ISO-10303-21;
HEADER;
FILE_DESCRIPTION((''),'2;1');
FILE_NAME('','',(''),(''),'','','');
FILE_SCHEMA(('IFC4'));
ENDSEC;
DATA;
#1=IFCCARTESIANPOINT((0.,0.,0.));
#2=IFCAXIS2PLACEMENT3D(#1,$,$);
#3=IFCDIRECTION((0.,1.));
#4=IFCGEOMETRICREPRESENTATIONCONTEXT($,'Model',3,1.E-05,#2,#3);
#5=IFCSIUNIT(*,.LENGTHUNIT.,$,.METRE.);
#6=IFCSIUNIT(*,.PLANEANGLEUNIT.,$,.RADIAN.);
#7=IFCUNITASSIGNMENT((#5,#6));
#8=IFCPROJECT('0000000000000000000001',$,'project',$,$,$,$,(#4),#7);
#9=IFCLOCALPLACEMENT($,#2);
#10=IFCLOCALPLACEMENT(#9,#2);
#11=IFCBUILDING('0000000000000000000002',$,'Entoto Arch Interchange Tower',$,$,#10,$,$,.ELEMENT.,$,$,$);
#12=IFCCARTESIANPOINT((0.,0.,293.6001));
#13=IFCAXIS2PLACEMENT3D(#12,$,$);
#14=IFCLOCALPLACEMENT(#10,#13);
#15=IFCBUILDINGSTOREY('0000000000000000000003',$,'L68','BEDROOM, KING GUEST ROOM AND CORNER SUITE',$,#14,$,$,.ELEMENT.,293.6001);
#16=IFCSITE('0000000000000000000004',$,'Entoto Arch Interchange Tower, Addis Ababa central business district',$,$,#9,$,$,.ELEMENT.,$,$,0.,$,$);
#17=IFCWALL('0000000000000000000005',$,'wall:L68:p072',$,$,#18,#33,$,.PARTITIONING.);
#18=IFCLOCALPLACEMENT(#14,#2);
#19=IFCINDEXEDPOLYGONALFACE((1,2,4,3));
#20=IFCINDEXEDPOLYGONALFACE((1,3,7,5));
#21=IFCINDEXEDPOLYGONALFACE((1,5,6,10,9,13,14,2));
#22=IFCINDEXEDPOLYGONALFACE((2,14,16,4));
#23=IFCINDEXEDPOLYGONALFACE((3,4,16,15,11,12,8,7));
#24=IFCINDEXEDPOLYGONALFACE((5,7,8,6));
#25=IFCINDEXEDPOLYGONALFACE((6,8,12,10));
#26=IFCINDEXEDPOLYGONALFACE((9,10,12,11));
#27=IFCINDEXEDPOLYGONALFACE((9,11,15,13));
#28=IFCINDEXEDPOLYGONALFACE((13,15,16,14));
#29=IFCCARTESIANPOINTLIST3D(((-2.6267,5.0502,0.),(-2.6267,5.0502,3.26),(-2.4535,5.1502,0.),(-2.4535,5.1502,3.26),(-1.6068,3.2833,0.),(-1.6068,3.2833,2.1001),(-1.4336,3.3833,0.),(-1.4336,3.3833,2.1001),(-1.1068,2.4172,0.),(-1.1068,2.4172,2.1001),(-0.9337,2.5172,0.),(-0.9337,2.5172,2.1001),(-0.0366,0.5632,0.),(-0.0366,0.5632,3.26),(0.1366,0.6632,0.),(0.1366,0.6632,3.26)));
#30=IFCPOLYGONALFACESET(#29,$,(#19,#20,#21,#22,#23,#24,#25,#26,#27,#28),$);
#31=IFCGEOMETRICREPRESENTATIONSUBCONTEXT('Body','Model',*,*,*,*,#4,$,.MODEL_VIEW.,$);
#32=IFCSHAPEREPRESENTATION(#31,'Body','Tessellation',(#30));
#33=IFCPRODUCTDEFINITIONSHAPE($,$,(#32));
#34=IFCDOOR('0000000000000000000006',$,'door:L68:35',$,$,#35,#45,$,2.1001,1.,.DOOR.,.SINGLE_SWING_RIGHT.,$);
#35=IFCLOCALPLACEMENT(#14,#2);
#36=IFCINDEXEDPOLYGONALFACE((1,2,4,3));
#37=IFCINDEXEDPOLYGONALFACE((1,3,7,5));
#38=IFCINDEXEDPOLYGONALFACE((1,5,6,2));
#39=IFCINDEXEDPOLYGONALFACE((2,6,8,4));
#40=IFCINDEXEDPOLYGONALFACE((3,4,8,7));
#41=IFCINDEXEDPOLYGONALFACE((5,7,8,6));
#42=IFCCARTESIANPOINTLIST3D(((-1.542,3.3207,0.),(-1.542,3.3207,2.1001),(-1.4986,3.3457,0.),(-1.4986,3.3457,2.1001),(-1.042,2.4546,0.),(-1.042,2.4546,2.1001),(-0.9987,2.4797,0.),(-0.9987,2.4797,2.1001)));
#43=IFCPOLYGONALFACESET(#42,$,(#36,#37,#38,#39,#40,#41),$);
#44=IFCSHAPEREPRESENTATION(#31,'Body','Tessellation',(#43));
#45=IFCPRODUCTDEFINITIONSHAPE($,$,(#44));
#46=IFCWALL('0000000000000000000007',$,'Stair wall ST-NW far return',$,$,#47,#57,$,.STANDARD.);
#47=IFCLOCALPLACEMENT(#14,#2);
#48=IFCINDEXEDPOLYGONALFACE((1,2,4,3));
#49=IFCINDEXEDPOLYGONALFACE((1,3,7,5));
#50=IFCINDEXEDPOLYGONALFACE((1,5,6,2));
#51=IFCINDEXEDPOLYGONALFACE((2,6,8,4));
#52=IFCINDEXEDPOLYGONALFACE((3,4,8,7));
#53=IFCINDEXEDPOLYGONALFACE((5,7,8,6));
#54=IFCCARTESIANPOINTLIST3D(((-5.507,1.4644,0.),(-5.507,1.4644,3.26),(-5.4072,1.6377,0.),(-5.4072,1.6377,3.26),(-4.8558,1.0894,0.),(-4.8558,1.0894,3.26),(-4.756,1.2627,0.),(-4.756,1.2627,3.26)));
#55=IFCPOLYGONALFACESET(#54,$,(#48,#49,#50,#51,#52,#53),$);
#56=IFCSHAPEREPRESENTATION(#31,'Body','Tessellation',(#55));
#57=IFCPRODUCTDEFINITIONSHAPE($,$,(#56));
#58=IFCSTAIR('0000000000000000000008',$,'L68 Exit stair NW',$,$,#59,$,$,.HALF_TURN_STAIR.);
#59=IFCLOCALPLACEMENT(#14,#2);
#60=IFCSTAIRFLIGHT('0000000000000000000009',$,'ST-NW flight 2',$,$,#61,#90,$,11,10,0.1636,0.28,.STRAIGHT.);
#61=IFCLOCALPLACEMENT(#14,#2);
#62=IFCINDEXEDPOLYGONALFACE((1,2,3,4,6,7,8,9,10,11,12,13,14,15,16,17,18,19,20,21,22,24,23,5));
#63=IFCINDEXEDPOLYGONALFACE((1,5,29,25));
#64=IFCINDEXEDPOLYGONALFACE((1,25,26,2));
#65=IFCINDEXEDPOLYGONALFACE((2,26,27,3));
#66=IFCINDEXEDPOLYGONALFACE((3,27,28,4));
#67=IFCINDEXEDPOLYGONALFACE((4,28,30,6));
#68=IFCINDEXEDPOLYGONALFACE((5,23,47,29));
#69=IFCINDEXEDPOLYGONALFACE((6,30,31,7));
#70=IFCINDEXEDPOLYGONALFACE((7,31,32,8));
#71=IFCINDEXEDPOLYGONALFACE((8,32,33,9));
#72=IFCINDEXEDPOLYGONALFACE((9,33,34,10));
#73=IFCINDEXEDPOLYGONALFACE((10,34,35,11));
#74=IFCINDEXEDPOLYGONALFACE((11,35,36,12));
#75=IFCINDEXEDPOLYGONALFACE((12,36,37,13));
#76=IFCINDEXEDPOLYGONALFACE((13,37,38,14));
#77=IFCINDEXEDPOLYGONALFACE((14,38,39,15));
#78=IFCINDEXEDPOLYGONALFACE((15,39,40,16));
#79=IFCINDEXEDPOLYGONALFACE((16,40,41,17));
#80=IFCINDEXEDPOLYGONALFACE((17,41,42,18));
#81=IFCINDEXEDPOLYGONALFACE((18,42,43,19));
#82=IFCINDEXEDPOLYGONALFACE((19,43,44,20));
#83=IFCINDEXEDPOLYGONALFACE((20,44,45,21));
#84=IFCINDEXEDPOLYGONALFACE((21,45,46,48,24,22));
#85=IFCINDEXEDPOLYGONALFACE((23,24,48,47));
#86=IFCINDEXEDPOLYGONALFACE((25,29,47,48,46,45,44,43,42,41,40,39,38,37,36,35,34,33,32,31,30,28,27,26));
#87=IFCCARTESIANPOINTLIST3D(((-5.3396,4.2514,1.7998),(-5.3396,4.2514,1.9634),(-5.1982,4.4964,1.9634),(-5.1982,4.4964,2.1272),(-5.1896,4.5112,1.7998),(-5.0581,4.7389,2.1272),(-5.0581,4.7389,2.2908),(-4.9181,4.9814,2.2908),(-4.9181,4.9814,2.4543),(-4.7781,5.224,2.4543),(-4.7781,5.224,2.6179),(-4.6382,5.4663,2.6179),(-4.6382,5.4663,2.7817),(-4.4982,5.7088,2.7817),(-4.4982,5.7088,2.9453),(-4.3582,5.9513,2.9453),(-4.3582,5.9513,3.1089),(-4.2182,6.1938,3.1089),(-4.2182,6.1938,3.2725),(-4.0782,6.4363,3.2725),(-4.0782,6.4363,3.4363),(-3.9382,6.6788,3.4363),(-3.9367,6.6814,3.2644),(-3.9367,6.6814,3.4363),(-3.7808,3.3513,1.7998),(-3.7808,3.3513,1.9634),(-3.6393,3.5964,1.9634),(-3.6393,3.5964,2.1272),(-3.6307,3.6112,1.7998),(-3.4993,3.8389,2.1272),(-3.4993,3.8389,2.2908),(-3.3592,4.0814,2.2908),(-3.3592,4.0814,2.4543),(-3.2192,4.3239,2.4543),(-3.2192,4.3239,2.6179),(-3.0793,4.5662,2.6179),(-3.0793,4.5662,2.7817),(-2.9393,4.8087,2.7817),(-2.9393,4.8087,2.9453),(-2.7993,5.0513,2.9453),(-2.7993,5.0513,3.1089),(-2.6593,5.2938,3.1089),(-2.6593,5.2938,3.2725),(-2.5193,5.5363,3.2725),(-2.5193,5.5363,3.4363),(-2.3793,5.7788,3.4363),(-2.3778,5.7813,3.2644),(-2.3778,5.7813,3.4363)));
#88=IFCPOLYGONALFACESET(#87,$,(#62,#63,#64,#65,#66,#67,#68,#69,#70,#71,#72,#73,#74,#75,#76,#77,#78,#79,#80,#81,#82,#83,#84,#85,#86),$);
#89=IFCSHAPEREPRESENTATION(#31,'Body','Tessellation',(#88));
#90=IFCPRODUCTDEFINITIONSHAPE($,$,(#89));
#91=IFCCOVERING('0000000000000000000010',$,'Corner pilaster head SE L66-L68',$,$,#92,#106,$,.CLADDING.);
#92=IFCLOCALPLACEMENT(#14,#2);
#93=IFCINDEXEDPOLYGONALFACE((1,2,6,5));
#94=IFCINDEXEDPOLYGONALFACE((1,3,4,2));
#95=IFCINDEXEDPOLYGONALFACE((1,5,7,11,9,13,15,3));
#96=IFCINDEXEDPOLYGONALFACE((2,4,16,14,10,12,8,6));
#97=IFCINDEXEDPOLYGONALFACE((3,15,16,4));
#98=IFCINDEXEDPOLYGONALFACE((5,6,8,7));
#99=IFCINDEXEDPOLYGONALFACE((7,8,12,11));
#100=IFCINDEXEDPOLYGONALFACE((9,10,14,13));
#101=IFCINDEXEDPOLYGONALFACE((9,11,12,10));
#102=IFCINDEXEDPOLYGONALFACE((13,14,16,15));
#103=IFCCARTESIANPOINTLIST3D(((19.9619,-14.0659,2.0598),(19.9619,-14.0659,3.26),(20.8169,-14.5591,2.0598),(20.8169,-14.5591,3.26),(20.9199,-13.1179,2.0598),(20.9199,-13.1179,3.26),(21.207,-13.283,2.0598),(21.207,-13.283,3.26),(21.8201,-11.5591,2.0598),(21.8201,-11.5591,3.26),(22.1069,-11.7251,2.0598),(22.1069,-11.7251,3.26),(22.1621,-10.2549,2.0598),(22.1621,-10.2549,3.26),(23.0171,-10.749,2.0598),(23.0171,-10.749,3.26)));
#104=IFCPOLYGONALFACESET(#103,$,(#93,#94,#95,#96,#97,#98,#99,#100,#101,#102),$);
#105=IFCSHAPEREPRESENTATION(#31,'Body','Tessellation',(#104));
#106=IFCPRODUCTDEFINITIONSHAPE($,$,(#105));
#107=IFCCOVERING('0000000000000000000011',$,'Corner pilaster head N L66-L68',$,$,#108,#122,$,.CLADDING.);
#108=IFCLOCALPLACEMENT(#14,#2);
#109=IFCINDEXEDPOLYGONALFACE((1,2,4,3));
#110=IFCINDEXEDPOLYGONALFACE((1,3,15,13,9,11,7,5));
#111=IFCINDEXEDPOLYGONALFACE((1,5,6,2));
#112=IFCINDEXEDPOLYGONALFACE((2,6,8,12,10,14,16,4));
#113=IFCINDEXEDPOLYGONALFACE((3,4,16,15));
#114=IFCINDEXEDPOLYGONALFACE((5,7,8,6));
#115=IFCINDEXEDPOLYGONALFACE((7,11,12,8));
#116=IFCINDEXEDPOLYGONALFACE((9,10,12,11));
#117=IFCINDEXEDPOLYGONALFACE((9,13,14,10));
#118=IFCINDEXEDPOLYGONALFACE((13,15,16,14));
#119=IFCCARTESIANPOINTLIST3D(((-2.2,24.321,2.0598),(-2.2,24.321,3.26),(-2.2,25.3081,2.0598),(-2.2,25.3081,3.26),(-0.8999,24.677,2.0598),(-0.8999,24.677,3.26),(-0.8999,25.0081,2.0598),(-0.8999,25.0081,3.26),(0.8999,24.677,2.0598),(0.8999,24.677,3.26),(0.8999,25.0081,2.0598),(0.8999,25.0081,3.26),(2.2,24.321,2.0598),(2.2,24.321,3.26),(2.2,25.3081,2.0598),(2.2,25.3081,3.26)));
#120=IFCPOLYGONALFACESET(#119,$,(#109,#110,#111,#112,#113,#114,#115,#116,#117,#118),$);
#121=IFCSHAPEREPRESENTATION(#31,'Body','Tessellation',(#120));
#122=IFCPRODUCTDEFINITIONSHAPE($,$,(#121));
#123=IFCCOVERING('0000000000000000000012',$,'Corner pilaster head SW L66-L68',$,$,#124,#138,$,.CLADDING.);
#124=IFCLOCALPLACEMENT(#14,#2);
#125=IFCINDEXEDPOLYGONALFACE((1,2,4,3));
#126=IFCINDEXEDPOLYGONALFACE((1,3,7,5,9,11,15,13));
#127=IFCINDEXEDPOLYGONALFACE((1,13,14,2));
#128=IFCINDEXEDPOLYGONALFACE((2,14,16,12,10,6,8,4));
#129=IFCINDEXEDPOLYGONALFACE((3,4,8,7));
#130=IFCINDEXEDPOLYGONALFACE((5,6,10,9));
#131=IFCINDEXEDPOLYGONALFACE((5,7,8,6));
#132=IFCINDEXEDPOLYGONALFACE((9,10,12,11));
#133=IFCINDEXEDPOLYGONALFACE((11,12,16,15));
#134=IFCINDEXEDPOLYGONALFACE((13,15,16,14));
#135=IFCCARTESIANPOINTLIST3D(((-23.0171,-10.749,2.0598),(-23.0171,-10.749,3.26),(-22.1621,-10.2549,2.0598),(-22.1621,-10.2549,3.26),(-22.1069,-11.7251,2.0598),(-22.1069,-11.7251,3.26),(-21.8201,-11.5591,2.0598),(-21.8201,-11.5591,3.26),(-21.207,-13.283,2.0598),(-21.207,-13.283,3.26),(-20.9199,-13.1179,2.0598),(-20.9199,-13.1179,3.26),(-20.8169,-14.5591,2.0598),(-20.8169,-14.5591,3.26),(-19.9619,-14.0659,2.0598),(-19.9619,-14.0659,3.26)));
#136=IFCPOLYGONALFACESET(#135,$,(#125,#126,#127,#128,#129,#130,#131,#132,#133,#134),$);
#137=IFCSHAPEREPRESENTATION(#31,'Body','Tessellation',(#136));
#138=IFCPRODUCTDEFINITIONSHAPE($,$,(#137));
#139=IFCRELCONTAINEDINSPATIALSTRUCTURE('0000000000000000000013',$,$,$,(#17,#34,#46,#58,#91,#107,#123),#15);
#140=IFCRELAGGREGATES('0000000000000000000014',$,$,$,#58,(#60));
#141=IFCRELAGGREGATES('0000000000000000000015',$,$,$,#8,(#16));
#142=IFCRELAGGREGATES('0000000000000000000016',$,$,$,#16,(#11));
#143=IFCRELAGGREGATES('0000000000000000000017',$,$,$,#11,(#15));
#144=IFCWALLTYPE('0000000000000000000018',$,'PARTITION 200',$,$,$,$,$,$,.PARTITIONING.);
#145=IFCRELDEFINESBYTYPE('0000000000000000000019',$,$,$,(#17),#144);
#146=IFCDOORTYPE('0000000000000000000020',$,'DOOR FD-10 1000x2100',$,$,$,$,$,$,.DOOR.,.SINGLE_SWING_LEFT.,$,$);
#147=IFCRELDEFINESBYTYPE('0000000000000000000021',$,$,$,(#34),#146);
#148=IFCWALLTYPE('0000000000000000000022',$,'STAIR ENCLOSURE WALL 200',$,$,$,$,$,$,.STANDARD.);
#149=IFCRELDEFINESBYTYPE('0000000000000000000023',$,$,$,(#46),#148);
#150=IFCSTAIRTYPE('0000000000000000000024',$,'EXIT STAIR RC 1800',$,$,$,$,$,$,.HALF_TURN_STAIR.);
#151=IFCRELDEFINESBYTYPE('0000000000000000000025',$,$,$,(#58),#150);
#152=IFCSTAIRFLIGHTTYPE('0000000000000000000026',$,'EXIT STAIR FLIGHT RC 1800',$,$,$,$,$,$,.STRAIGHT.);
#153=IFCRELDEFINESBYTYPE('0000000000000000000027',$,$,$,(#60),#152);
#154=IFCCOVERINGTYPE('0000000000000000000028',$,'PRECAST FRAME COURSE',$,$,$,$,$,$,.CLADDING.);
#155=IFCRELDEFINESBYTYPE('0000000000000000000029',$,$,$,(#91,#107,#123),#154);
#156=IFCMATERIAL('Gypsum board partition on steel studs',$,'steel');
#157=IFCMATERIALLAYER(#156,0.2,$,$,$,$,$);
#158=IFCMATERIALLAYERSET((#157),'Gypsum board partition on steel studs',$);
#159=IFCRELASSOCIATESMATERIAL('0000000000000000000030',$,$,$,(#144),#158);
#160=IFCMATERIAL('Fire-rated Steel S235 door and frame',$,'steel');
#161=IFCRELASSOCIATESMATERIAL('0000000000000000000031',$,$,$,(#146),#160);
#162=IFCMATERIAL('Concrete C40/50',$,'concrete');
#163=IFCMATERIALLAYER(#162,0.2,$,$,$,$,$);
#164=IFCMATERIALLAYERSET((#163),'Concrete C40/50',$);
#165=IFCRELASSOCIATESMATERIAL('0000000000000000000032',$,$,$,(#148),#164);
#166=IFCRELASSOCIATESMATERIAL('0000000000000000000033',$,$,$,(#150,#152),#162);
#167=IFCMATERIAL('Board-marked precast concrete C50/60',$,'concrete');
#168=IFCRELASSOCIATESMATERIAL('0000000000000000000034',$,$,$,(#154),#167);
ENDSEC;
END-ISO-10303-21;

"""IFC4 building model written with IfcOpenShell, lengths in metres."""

from ifc_helpers import new_model, si_unit, direction, frame, frame_2d, origin, place, context, subcontext, project, spatial, polyline, rectangle, outline, extrude, material, layer, layer_set, type_object, element, fill, aggregate, save


model = new_model("IFC4")

# Units and contexts
model_context = context("Model", 3, precision=1e-05, world=origin(), true_north=direction((0.0, 1.0)))
body_context = subcontext(model_context, "Body", "Model", "MODEL_VIEW")
ifc_project = project(units=[si_unit("LENGTHUNIT", "METRE"), si_unit("PLANEANGLEUNIT", "RADIAN")], contexts=[model_context])

# Site, building, storey
site_placement = place(None, origin())
site = spatial("IfcSite", under=ifc_project, at=site_placement, Name="Entoto Arch Interchange Tower, Addis Ababa central business district", CompositionType="ELEMENT", RefElevation=0.0)
building_placement = place(site_placement, origin())
building = spatial("IfcBuilding", under=site, at=building_placement, Name="Entoto Arch Interchange Tower", CompositionType="ELEMENT")
storey_placement = place(building_placement, frame((0.0, 0.0, 293.6001)))
storey = spatial("IfcBuildingStorey", under=building, at=storey_placement, Name="L68", Description="BEDROOM, KING GUEST ROOM AND CORNER SUITE", CompositionType="ELEMENT", Elevation=293.6001)

# Shared definitions
ifc_material_1 = material(Name="Concrete C40/50", Category="concrete")

# Shared definitions
ifc_material_2 = material(Name="Gypsum board partition on steel studs", Category="steel")
ifc_layer_1 = layer(ifc_material_2, 0.2)
ifc_layer_set_1 = layer_set([ifc_layer_1], Name="Gypsum board partition on steel studs")
wall_type_1 = type_object("IfcWallType", Name="PARTITION 200", PredefinedType="PARTITIONING", material=ifc_layer_set_1)

# Wall, opening, door
wall_1_placement = place(storey_placement, frame((-2.54, 5.1001, 0.0), z_axis=(0.0, 0.0, 1.0), x_axis=(0.499925, -0.866069, 0.0)))
wall_1 = element("IfcWall", 1, at=wall_1_placement, inside=storey, type_object=wall_type_1, Name="wall:L68:p072", PredefinedType="PARTITIONING", context=body_context, shape_type="SweptSolid", body=[
    extrude(rectangle(XDim=5.1809, YDim=0.2, at=frame_2d((2.5903, 0.0))), origin(), (0.0, 0.0, 1.0), 3.26),
])
opening_placement = place(wall_1_placement, frame((2.04, 0.0, 0.0)))
opening = element("IfcOpeningElement", 2, at=opening_placement, cuts=wall_1, PredefinedType="OPENING", context=body_context, shape_type="SweptSolid", body=[
    extrude(rectangle(XDim=1.0, YDim=2.1001, at=frame_2d((0.5, 1.05))), frame((0.0, 0.1099, 0.0), z_axis=(0.0, -1.0, 0.0), x_axis=(1.0, 0.0, 0.0)), (0.0, 0.0, 1.0), 0.22),
])
ifc_material_3 = material(Name="Fire-rated Steel S235 door and frame", Category="steel")
door_type = type_object("IfcDoorType", Name="DOOR FD-10 1000x2100", OperationType="SINGLE_SWING_LEFT", PredefinedType="DOOR", material=ifc_material_3)
door_placement = place(opening_placement, origin())
door = element("IfcDoor", 3, at=door_placement, inside=storey, type_object=door_type, Name="door:L68:35", OperationType="SINGLE_SWING_RIGHT", OverallHeight=2.1001, OverallWidth=1.0, PredefinedType="DOOR", context=body_context, shape_type="SweptSolid", body=[
    extrude(rectangle(XDim=1.0, YDim=2.1001, at=frame_2d((0.5, 1.05))), frame((0.0, 0.0249, 0.0), z_axis=(0.0, -1.0, 0.0), x_axis=(1.0, 0.0, 0.0)), (0.0, 0.0, 1.0), 0.05),
])
fill(opening, door)

# Wall
ifc_layer_2 = layer(ifc_material_1, 0.2)
ifc_layer_set_2 = layer_set([ifc_layer_2], Name="Concrete C40/50")
wall_type_2 = type_object("IfcWallType", Name="STAIR ENCLOSURE WALL 200", PredefinedType="STANDARD", material=ifc_layer_set_2)
wall_2_placement = place(storey_placement, frame((-4.8059, 1.176, 0.0), z_axis=(0.0, 0.0, 1.0), x_axis=(-0.866559, 0.499075, 0.0)))
element("IfcWall", 4, at=wall_2_placement, inside=storey, type_object=wall_type_2, Name="Stair wall ST-NW far return", PredefinedType="STANDARD", context=body_context, shape_type="SweptSolid", body=[
    extrude(rectangle(XDim=0.7515, YDim=0.2, at=frame_2d((0.3757, 0.0))), origin(), (0.0, 0.0, 1.0), 3.26),
])

# Stair, stair flight
stair_type = type_object("IfcStairType", Name="EXIT STAIR RC 1800", PredefinedType="HALF_TURN_STAIR", material=ifc_material_1)
stair_placement = place(storey_placement, origin())
stair = element("IfcStair", 5, at=stair_placement, inside=storey, type_object=stair_type, Name="L68 Exit stair NW", PredefinedType="HALF_TURN_STAIR")
stair_flight_type = type_object("IfcStairFlightType", Name="EXIT STAIR FLIGHT RC 1800", PredefinedType="STRAIGHT", material=ifc_material_1)
stair_flight_placement = place(storey_placement, frame((-4.5588, 3.804, 1.7998), z_axis=(0.0, 0.0, 1.0), x_axis=(0.5, 0.866025, 0.0)))
stair_flight = element("IfcStairFlight", 6, at=stair_flight_placement, type_object=stair_flight_type, Name="ST-NW flight 2", NumberOfRisers=11, NumberOfTreads=10, PredefinedType="STRAIGHT", RiserHeight=0.1636, TreadLength=0.28, context=body_context, shape_type="SweptSolid", body=[
    extrude(outline(polyline([(-0.0029, 0.0), (-0.0029, 0.1636), (0.28, 0.1636), (0.28, 0.3274), (0.5601, 0.3274), (0.5601, 0.491), (0.8401, 0.491), (0.8401, 0.6545), (1.1201, 0.6545), (1.1201, 0.8181), (1.3999, 0.8181), (1.3999, 0.9819), (1.6799, 0.9819), (1.6799, 1.1455), (1.96, 1.1455), (1.96, 1.3091), (2.24, 1.3091), (2.24, 1.4727), (2.52, 1.4727), (2.52, 1.6365), (2.8, 1.6365), (2.803, 1.6365), (2.803, 1.4646), (0.2971, 0.0), (-0.0029, 0.0)])), frame((0.0, 0.8999, 0.0), z_axis=(0.0, -1.0, 0.0), x_axis=(1.0, 0.0, 0.0)), (0.0, 0.0, 1.0), 1.8),
])
aggregate(stair, [stair_flight])

# Coverings
ifc_material_4 = material(Name="Board-marked precast concrete C50/60", Category="concrete")
covering_type = type_object("IfcCoveringType", Name="PRECAST FRAME COURSE", PredefinedType="CLADDING", material=ifc_material_4)
covering_1_placement = place(storey_placement, frame((0.0, 0.0, 2.0598)))
element("IfcCovering", 7, at=covering_1_placement, inside=storey, type_object=covering_type, Name="Corner pilaster head SE L66-L68", PredefinedType="CLADDING", context=body_context, shape_type="SweptSolid", body=[
    extrude(outline(polyline([(23.0171, -10.749), (20.8169, -14.5591), (19.9619, -14.0659), (20.9199, -13.1179), (21.207, -13.283), (22.1069, -11.7251), (21.8201, -11.5591), (22.1621, -10.2549), (23.0171, -10.749)])), origin(), (0.0, 0.0, 1.0), 1.2002),
])
covering_2_placement = place(storey_placement, frame((0.0, 0.0, 2.0598)))
element("IfcCovering", 8, at=covering_2_placement, inside=storey, type_object=covering_type, Name="Corner pilaster head N L66-L68", PredefinedType="CLADDING", context=body_context, shape_type="SweptSolid", body=[
    extrude(outline(polyline([(-2.2, 25.3081), (2.2, 25.3081), (2.2, 24.321), (0.8999, 24.677), (0.8999, 25.0081), (-0.8999, 25.0081), (-0.8999, 24.677), (-2.2, 24.321), (-2.2, 25.3081)])), origin(), (0.0, 0.0, 1.0), 1.2002),
])
covering_3_placement = place(storey_placement, frame((0.0, 0.0, 2.0598)))
element("IfcCovering", 9, at=covering_3_placement, inside=storey, type_object=covering_type, Name="Corner pilaster head SW L66-L68", PredefinedType="CLADDING", context=body_context, shape_type="SweptSolid", body=[
    extrude(outline(polyline([(-20.8169, -14.5591), (-23.0171, -10.749), (-22.1621, -10.2549), (-21.8201, -11.5591), (-22.1069, -11.7251), (-21.207, -13.283), (-20.9199, -13.1179), (-19.9619, -14.0659), (-20.8169, -14.5591)])), origin(), (0.0, 0.0, 1.0), 1.2002),
])

save(model, "model.ifc")
